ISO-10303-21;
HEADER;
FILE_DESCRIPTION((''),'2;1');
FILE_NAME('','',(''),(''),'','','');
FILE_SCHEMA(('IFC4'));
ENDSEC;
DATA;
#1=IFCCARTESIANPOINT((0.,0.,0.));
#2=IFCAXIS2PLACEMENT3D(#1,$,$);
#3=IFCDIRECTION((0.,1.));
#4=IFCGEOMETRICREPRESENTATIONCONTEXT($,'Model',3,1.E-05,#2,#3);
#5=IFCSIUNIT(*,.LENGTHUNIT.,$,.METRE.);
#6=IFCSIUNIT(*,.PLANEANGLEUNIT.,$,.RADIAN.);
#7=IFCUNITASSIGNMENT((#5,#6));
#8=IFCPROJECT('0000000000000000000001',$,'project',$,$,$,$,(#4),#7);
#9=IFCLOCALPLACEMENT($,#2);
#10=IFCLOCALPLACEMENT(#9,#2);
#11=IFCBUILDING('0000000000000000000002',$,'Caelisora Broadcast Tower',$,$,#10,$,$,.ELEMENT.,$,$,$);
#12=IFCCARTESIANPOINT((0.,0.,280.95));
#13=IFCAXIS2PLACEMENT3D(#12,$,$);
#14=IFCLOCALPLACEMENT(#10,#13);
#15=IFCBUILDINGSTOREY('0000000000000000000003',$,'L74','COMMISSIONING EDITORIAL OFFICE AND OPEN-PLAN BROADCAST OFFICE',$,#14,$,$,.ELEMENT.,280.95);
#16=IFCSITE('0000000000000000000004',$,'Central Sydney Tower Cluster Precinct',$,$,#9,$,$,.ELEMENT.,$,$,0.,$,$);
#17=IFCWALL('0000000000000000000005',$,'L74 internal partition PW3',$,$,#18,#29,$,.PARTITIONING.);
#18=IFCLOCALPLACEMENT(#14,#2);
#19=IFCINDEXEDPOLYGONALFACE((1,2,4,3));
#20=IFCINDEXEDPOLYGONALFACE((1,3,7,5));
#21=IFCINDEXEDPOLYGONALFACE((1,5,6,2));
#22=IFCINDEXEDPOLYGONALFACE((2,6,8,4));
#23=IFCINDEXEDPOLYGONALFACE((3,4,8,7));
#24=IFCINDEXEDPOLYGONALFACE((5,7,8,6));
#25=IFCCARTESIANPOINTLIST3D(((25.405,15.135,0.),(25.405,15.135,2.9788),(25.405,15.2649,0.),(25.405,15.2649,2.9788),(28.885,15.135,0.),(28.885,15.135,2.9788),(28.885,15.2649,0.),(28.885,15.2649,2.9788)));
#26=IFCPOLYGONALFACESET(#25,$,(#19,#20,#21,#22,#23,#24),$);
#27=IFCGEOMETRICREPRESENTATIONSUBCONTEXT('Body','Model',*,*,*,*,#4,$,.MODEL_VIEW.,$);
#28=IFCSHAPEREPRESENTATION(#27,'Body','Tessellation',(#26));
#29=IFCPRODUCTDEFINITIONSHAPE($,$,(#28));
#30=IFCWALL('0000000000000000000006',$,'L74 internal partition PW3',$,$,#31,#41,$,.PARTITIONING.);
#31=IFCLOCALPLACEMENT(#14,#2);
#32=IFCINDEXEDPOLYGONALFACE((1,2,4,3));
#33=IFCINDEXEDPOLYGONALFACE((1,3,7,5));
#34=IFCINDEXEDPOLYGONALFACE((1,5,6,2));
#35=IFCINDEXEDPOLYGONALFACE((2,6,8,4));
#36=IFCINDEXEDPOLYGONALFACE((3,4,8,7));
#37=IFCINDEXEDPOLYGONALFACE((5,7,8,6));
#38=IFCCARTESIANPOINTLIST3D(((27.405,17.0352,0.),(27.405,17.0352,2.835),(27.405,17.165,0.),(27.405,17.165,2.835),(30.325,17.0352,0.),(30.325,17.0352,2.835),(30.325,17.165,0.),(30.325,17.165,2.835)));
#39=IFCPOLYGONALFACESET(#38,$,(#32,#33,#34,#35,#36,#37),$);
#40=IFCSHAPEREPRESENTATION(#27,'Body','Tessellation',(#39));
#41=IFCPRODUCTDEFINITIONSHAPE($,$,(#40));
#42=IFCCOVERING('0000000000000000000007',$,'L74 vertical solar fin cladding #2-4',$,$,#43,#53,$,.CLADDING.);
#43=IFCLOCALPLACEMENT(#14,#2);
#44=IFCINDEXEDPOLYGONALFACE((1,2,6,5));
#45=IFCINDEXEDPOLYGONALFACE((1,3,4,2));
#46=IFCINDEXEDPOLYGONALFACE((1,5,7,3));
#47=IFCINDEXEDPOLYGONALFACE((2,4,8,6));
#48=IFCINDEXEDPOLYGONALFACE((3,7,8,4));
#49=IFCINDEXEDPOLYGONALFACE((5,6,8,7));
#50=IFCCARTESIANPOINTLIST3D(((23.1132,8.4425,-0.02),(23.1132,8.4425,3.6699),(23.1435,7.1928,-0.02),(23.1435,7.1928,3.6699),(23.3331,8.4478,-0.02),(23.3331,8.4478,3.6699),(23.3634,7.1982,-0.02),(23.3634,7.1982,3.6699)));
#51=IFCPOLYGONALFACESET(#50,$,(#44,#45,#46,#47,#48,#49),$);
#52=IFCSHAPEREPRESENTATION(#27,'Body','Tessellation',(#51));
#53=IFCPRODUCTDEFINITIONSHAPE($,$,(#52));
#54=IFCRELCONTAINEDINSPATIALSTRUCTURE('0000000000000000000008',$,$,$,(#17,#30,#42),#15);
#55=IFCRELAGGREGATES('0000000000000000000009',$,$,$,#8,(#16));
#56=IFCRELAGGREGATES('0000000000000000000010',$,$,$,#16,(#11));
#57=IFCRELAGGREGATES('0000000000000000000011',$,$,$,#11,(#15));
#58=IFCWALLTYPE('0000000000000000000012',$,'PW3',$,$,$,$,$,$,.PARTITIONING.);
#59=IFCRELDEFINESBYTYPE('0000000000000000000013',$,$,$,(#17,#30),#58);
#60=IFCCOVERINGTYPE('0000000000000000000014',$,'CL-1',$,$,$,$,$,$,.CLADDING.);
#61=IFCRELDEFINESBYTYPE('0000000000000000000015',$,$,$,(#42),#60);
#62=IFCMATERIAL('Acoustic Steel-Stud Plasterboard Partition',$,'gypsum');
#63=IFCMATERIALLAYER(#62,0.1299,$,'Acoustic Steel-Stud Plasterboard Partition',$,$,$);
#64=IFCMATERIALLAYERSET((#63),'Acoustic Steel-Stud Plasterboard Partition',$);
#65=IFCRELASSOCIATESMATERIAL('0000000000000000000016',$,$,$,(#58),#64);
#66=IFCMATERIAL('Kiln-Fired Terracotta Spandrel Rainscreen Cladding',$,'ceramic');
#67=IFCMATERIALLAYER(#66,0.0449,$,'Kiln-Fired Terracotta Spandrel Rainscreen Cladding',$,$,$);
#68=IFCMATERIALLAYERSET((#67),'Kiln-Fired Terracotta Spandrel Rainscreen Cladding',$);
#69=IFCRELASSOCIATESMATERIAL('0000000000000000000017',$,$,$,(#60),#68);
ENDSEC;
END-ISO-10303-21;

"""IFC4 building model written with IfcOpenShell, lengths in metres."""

from ifc_helpers import new_model, si_unit, direction, frame, frame_2d, origin, origin_2d, place, context, subcontext, project, spatial, rectangle, extrude, source, transform, mapped, material, layer, layer_set, type_object, type_shapes, element, save


model = new_model("IFC4")

# Units and contexts
model_context = context("Model", 3, precision=1e-05, world=origin(), true_north=direction((0.0, 1.0)))
body_context = subcontext(model_context, "Body", "Model", "MODEL_VIEW")
ifc_project = project(units=[si_unit("LENGTHUNIT", "METRE"), si_unit("PLANEANGLEUNIT", "RADIAN")], contexts=[model_context])

# Site, building, storey
site_placement = place(None, origin())
site = spatial("IfcSite", under=ifc_project, at=site_placement, Name="Central Sydney Tower Cluster Precinct", CompositionType="ELEMENT", RefElevation=0.0)
building_placement = place(site_placement, origin())
building = spatial("IfcBuilding", under=site, at=building_placement, Name="Caelisora Broadcast Tower", CompositionType="ELEMENT")
storey_placement = place(building_placement, frame((0.0, 0.0, 280.95)))
storey = spatial("IfcBuildingStorey", under=building, at=storey_placement, Name="L74", Description="COMMISSIONING EDITORIAL OFFICE AND OPEN-PLAN BROADCAST OFFICE", CompositionType="ELEMENT", Elevation=280.95)

# Shared definitions
ifc_material_1 = material(Name="Acoustic Steel-Stud Plasterboard Partition", Category="gypsum")
ifc_layer_1 = layer(ifc_material_1, 0.1299, Name="Acoustic Steel-Stud Plasterboard Partition")
ifc_layer_set_1 = layer_set([ifc_layer_1], Name="Acoustic Steel-Stud Plasterboard Partition")
wall_type = type_object("IfcWallType", Name="PW3", PredefinedType="PARTITIONING", material=ifc_layer_set_1)

# Walls
wall_1_placement = place(storey_placement, frame((25.405, 15.2, 0.0), z_axis=(0.0, 0.0, 1.0), x_axis=(1.0, 0.0, 0.0)))
element("IfcWall", 1, at=wall_1_placement, inside=storey, type_object=wall_type, Name="L74 internal partition PW3", PredefinedType="PARTITIONING", context=body_context, shape_type="SweptSolid", body=[
    extrude(rectangle(XDim=3.48, YDim=0.1299, at=frame_2d((1.74, 0.0))), origin(), (0.0, 0.0, 1.0), 2.9788),
])
wall_2_placement = place(storey_placement, frame((30.325, 17.1001, 0.0), z_axis=(0.0, 0.0, 1.0), x_axis=(-1.0, 0.0, 0.0)))
element("IfcWall", 2, at=wall_2_placement, inside=storey, type_object=wall_type, Name="L74 internal partition PW3", PredefinedType="PARTITIONING", context=body_context, shape_type="SweptSolid", body=[
    extrude(rectangle(XDim=2.9199, YDim=0.1299, at=frame_2d((1.46, 0.0))), origin(), (0.0, 0.0, 1.0), 2.835),
])

# Covering
ifc_material_2 = material(Name="Kiln-Fired Terracotta Spandrel Rainscreen Cladding", Category="ceramic")
ifc_layer_2 = layer(ifc_material_2, 0.0449, Name="Kiln-Fired Terracotta Spandrel Rainscreen Cladding")
ifc_layer_set_2 = layer_set([ifc_layer_2], Name="Kiln-Fired Terracotta Spandrel Rainscreen Cladding")
covering_type = type_object("IfcCoveringType", Name="CL-1", PredefinedType="CLADDING", material=ifc_layer_set_2)
shared_shape_1 = source(origin(), body_context, "Body", "SweptSolid", [
    extrude(rectangle(XDim=0.22, YDim=1.25, at=origin_2d()), origin(), (0.0, 0.0, 1.0), 3.6899),
])
type_shapes(covering_type, [shared_shape_1])
covering_placement = place(storey_placement, frame((23.2383, 7.8203, -0.02), z_axis=(0.0, 0.0, 1.0), x_axis=(-0.999706, -0.024258, 0.0)))
element("IfcCovering", 3, at=covering_placement, inside=storey, type_object=covering_type, Name="L74 vertical solar fin cladding #2-4", PredefinedType="CLADDING", context=body_context, shape_type="MappedRepresentation", body=[
    mapped(shared_shape_1, transform((0.0, 0.0, 0.0), scale=1.0)),
])

save(model, "model.ifc")
